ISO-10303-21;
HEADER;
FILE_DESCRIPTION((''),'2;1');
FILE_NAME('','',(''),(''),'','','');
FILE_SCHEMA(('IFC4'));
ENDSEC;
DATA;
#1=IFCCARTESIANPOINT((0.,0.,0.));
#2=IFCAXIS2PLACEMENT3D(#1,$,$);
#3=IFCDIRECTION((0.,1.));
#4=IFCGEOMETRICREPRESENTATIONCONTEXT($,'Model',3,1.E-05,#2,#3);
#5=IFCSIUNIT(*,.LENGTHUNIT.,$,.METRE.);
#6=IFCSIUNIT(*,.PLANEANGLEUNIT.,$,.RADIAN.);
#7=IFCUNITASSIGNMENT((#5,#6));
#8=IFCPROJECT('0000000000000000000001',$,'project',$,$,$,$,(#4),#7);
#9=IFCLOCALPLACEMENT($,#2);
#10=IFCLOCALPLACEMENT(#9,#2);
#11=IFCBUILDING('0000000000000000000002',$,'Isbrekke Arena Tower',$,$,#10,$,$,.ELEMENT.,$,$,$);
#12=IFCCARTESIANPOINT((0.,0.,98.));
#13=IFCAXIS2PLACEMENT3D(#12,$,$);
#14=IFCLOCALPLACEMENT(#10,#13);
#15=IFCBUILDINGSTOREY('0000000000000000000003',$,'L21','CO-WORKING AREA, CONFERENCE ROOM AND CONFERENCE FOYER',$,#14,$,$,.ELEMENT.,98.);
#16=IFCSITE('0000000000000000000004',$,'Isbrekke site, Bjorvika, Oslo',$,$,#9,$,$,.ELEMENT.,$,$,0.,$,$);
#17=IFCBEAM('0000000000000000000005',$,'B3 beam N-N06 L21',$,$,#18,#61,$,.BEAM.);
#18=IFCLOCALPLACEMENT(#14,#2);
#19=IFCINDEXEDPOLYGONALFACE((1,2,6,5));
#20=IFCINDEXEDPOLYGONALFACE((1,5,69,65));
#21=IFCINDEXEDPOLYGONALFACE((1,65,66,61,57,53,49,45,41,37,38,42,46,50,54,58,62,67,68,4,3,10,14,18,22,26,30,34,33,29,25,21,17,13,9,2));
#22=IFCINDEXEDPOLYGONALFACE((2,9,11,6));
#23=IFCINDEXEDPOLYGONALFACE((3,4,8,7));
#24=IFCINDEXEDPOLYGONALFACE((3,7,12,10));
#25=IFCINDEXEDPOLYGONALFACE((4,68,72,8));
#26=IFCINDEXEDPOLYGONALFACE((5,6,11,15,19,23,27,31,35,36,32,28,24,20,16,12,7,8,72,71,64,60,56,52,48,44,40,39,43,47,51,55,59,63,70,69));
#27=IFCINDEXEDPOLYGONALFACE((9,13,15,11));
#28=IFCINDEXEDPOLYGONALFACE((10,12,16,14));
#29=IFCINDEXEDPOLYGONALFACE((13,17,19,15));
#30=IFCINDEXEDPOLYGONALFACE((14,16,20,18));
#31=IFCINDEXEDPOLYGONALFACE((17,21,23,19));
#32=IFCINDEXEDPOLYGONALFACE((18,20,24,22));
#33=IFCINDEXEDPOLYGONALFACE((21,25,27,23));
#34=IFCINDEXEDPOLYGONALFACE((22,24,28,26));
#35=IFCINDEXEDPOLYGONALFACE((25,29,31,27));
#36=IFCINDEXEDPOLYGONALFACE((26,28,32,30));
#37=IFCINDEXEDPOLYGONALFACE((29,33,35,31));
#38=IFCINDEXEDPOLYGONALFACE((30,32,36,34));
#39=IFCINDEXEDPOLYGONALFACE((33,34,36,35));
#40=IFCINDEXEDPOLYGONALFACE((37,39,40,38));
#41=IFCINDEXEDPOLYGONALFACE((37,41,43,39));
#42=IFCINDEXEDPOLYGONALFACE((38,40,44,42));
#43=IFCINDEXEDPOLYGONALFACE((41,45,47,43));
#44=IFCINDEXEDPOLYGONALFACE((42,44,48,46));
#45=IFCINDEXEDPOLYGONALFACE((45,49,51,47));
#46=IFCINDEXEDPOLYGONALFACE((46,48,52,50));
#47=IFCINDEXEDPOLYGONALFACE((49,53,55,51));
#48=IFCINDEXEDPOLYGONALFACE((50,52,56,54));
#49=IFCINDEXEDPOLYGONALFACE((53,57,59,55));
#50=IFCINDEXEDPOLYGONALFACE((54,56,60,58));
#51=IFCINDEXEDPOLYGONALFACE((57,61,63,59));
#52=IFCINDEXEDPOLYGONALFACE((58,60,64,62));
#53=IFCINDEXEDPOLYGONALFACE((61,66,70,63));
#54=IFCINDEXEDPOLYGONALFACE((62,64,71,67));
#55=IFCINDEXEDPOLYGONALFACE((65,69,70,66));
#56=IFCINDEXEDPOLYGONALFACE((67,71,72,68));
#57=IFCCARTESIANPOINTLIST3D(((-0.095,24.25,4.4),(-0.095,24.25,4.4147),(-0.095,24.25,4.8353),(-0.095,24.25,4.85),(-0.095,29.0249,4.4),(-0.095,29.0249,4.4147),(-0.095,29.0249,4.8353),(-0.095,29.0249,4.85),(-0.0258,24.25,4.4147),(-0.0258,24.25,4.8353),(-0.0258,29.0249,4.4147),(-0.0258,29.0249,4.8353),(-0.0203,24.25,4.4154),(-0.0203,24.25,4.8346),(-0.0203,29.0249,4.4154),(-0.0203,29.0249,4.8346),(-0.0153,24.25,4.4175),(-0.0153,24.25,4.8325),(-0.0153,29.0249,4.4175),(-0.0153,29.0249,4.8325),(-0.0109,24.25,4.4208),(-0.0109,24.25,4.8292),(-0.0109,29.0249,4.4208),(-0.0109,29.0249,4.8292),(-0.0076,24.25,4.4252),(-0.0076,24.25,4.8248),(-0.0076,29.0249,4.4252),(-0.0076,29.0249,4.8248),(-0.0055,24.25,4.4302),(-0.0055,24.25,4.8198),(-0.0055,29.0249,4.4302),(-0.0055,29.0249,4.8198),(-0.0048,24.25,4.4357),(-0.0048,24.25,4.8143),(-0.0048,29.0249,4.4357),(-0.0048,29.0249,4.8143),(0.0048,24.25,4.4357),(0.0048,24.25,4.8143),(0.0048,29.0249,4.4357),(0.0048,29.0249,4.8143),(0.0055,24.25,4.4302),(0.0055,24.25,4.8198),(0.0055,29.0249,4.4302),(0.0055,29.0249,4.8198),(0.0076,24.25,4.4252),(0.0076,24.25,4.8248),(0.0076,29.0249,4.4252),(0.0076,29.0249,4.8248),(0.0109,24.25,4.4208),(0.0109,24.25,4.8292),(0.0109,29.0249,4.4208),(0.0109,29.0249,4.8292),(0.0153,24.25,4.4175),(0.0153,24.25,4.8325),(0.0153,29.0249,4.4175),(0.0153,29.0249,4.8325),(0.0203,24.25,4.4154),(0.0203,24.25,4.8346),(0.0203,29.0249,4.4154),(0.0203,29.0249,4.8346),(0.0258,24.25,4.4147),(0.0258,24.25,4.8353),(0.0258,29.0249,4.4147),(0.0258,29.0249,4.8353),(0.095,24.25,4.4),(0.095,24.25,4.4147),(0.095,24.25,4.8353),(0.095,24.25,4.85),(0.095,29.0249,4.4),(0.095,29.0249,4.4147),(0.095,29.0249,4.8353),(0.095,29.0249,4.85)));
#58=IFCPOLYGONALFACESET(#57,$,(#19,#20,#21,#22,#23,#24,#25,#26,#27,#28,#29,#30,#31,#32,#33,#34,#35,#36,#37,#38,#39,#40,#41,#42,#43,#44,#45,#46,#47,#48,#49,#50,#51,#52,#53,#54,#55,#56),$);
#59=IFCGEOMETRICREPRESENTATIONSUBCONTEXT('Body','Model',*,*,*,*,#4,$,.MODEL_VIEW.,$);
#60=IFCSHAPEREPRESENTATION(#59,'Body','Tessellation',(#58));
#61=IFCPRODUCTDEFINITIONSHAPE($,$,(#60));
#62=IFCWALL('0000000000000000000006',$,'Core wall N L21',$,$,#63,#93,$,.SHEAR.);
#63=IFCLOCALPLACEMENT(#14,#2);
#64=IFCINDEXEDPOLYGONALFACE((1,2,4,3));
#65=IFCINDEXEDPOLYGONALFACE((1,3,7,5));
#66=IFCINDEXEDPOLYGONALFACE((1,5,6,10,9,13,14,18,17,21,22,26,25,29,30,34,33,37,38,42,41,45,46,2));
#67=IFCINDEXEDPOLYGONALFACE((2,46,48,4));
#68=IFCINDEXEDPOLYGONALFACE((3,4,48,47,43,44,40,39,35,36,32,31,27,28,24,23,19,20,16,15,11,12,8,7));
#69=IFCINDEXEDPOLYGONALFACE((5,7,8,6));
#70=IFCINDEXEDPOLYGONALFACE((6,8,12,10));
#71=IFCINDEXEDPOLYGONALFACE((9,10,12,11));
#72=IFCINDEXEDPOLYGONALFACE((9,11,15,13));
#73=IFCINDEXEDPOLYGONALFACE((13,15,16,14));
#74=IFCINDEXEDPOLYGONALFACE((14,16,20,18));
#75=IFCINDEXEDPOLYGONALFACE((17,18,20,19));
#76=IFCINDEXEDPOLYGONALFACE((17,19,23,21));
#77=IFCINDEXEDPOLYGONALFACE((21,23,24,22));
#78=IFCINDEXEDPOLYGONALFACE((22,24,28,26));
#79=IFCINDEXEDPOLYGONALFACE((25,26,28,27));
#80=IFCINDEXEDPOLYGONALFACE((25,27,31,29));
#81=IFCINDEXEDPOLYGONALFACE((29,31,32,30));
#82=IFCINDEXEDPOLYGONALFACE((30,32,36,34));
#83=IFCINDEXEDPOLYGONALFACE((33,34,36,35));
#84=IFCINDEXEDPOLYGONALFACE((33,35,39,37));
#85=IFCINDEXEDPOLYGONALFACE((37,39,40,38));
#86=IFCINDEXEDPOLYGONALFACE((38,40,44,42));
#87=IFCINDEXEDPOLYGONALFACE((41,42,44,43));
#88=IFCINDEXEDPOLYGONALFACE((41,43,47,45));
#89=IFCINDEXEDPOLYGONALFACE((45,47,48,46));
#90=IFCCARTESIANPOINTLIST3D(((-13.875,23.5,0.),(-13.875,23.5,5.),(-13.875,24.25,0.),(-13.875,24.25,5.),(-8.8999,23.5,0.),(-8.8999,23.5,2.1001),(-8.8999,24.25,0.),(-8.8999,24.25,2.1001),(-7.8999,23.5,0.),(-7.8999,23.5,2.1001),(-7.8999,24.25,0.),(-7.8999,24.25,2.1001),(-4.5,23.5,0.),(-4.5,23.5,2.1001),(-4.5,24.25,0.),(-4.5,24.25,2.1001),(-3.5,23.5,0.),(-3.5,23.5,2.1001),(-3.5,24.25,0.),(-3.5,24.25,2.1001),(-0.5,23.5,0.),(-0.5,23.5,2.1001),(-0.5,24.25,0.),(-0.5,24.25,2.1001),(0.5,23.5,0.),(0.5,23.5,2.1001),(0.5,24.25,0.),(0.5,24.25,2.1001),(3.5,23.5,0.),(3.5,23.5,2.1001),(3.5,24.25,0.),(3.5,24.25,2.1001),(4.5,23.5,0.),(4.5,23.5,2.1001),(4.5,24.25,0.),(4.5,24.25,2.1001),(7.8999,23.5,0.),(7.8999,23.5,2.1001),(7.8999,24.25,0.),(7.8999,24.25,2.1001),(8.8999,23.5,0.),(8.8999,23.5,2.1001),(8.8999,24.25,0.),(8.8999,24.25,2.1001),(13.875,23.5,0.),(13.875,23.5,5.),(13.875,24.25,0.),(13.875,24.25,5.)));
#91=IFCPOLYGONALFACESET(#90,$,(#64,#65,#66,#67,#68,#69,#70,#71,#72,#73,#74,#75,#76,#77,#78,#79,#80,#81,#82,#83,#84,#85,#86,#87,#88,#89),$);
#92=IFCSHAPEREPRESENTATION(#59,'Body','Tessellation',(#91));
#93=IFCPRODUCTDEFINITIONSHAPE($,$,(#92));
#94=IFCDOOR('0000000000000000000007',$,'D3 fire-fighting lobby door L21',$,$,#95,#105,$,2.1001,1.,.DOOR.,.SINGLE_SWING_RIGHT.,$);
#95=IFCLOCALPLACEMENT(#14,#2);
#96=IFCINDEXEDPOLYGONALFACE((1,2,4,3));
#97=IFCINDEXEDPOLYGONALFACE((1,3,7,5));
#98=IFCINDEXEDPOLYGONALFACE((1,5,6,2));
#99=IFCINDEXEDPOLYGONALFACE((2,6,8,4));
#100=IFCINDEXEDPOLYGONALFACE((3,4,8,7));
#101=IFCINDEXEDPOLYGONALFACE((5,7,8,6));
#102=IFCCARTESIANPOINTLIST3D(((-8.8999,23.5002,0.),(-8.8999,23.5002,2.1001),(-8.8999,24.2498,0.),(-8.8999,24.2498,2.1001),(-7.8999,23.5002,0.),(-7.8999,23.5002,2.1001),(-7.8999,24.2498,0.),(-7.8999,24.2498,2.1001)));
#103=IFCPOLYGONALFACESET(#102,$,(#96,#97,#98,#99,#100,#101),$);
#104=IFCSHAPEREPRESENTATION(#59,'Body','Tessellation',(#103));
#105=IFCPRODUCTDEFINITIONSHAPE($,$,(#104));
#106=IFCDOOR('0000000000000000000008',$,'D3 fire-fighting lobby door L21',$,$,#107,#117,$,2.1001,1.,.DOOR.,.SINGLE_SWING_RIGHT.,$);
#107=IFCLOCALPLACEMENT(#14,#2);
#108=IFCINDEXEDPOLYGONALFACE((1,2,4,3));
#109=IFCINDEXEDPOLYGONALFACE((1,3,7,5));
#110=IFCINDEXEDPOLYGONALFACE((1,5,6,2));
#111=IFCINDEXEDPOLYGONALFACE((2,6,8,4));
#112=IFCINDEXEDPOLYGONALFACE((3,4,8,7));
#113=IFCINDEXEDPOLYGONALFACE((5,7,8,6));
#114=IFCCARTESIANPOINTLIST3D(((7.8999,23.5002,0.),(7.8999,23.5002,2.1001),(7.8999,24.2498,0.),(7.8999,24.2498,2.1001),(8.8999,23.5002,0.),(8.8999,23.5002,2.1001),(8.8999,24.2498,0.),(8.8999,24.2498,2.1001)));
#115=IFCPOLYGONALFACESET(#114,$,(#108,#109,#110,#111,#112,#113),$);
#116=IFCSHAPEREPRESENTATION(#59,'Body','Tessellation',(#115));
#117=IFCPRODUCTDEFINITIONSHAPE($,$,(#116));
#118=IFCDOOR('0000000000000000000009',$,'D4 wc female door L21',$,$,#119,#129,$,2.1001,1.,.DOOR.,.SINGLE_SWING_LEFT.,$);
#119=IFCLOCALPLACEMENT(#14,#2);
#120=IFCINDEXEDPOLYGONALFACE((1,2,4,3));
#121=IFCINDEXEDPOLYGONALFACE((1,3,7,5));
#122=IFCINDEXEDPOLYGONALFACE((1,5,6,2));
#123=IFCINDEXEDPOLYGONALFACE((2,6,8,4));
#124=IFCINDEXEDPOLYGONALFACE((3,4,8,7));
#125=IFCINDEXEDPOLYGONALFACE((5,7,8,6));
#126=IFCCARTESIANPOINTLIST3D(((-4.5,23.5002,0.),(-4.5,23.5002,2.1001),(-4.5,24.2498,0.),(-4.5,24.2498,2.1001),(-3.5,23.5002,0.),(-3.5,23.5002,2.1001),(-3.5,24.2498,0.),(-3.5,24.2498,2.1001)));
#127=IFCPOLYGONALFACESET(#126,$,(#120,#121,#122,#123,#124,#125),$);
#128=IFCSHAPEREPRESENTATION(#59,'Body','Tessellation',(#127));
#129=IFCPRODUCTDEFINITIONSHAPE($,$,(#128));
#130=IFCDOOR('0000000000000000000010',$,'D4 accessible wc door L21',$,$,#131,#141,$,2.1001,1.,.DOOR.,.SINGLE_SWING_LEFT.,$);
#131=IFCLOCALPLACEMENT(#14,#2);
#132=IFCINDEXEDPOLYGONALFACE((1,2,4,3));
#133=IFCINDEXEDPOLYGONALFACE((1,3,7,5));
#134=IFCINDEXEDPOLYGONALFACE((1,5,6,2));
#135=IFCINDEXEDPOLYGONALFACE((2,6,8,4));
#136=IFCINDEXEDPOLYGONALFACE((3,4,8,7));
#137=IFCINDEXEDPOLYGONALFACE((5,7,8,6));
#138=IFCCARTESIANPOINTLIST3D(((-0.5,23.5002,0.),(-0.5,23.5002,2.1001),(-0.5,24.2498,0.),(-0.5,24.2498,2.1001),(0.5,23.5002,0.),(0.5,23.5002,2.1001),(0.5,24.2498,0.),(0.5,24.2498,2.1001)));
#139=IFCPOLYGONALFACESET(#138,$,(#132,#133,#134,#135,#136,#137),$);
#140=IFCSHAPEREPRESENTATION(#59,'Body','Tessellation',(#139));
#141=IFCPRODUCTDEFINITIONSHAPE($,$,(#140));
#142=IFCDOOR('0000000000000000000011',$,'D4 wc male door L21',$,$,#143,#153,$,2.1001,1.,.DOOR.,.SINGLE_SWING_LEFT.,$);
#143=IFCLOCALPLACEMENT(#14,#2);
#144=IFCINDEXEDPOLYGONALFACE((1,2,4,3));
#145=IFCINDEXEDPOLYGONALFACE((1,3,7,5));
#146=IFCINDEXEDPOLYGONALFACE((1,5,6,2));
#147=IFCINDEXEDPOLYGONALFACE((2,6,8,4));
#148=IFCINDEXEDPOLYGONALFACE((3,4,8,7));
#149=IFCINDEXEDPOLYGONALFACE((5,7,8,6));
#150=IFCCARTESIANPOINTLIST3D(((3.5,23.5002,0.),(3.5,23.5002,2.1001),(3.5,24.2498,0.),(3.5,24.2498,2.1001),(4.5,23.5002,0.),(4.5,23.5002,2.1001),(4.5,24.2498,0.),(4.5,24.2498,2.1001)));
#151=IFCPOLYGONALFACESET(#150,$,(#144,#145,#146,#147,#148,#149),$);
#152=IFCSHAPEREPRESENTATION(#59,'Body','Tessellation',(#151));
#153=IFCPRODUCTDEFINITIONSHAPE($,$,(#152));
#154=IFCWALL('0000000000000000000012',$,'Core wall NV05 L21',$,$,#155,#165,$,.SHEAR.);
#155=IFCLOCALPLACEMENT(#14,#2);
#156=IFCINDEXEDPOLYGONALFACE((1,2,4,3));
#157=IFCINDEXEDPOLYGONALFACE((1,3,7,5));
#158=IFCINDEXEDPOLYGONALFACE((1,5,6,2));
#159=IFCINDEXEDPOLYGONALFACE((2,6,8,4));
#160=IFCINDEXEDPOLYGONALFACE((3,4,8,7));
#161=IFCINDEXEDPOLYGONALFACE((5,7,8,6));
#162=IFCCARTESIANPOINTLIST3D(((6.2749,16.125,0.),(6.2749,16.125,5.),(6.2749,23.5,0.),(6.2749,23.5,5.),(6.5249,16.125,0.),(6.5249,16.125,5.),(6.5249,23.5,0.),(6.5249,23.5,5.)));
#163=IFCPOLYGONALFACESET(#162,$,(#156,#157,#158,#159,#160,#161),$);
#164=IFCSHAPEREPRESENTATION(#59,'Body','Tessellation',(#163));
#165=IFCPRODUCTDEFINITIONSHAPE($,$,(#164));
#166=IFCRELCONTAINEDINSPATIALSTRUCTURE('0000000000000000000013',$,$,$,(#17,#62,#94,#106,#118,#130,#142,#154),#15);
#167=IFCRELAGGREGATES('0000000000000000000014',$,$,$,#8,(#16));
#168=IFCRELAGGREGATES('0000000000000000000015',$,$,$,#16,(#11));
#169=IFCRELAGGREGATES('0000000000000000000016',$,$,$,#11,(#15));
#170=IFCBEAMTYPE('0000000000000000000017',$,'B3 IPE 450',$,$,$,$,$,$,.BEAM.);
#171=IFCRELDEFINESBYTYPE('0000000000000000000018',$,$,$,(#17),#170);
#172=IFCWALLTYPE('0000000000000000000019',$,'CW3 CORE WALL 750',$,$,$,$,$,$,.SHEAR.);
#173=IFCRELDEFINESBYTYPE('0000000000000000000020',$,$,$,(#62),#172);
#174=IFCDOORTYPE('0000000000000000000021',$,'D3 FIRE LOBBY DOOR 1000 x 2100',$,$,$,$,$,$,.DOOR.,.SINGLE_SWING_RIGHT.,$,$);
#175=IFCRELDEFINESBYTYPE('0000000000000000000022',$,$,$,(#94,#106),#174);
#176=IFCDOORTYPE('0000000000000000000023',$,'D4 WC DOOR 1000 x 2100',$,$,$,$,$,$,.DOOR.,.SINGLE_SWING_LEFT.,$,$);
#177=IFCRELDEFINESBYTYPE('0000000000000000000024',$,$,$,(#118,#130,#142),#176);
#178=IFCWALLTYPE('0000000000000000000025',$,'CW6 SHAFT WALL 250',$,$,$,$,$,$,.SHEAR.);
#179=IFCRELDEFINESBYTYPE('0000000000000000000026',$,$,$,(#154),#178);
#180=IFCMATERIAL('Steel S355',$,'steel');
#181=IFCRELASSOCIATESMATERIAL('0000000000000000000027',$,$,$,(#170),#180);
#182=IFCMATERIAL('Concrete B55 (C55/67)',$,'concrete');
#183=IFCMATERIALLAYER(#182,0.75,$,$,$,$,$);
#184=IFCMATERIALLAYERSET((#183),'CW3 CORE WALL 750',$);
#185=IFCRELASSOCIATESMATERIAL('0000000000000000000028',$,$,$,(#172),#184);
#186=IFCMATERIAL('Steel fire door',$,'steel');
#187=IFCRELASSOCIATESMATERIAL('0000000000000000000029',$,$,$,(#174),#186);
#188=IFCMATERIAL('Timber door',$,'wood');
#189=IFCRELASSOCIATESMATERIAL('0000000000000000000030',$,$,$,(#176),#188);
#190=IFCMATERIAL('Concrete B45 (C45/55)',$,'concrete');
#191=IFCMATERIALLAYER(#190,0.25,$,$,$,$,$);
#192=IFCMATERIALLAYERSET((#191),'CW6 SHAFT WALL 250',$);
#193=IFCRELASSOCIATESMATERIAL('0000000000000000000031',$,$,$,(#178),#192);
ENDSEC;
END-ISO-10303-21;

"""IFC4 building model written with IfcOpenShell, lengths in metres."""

from ifc_helpers import new_model, si_unit, direction, frame, frame_2d, origin, origin_2d, place, context, subcontext, project, spatial, rectangle, i_section, extrude, material, layer, layer_set, material_profile, profile_set, type_object, element, fill, save


model = new_model("IFC4")

# Units and contexts
model_context = context("Model", 3, precision=1e-05, world=origin(), true_north=direction((0.0, 1.0)))
body_context = subcontext(model_context, "Body", "Model", "MODEL_VIEW")
ifc_project = project(units=[si_unit("LENGTHUNIT", "METRE"), si_unit("PLANEANGLEUNIT", "RADIAN")], contexts=[model_context])

# Site, building, storey
site_placement = place(None, origin())
site = spatial("IfcSite", under=ifc_project, at=site_placement, Name="Isbrekke site, Bjorvika, Oslo", CompositionType="ELEMENT", RefElevation=0.0)
building_placement = place(site_placement, origin())
building = spatial("IfcBuilding", under=site, at=building_placement, Name="Isbrekke Arena Tower", CompositionType="ELEMENT")
storey_placement = place(building_placement, frame((0.0, 0.0, 98.0)))
storey = spatial("IfcBuildingStorey", under=building, at=storey_placement, Name="L21", Description="CO-WORKING AREA, CONFERENCE ROOM AND CONFERENCE FOYER", CompositionType="ELEMENT", Elevation=98.0)

# Beam
ifc_material_1 = material(Name="Steel S355", Category="steel")
ifc_material_profile = material_profile(ifc_material_1, i_section(OverallWidth=0.1899, OverallDepth=0.45, WebThickness=0.0095, FlangeThickness=0.0146, FilletRadius=0.021, at=origin_2d()), Name="IPE 450")
ifc_profile_set = profile_set([ifc_material_profile], Name="Steel S355")
beam_type = type_object("IfcBeamType", Name="B3 IPE 450", PredefinedType="BEAM", material=ifc_profile_set)
beam_1_placement = place(storey_placement, frame((0.0, 29.0249, 4.625), z_axis=(0.0, -1.0, 0.0), x_axis=(1.0, 0.0, 0.0)))
element("IfcBeam", 1, at=beam_1_placement, inside=storey, type_object=beam_type, Name="B3 beam N-N06 L21", PredefinedType="BEAM", context=body_context, shape_type="SweptSolid", body=[
    extrude(i_section(OverallWidth=0.1899, OverallDepth=0.45, WebThickness=0.0095, FlangeThickness=0.0146, FilletRadius=0.021, at=origin_2d()), origin(), (0.0, 0.0, 1.0), 4.7749),
])

# Wall, openings, doors
ifc_material_2 = material(Name="Concrete B55 (C55/67)", Category="concrete")
ifc_layer_1 = layer(ifc_material_2, 0.75)
ifc_layer_set_1 = layer_set([ifc_layer_1], Name="CW3 CORE WALL 750")
wall_type_1 = type_object("IfcWallType", Name="CW3 CORE WALL 750", PredefinedType="SHEAR", material=ifc_layer_set_1)
wall_1_placement = place(storey_placement, frame((13.875, 23.875, 0.0), z_axis=(0.0, 0.0, 1.0), x_axis=(-1.0, 0.0, 0.0)))
wall_1 = element("IfcWall", 2, at=wall_1_placement, inside=storey, type_object=wall_type_1, Name="Core wall N L21", PredefinedType="SHEAR", context=body_context, shape_type="SweptSolid", body=[
    extrude(rectangle(XDim=27.75, YDim=0.75, at=frame_2d((13.875, 0.0))), origin(), (0.0, 0.0, 1.0), 5.0),
])
opening_1_placement = place(wall_1_placement, frame((21.7749, 0.0, 0.0)))
opening_1 = element("IfcOpeningElement", 3, at=opening_1_placement, cuts=wall_1, PredefinedType="OPENING", context=body_context, shape_type="SweptSolid", body=[
    extrude(rectangle(XDim=1.0, YDim=2.1001, at=frame_2d((0.5, 1.05))), frame((0.0, 0.3899, 0.0), z_axis=(0.0, -1.0, 0.0), x_axis=(1.0, 0.0, 0.0)), (0.0, 0.0, 1.0), 0.7798),
])
opening_2_placement = place(wall_1_placement, frame((4.9751, 0.0, 0.0)))
opening_2 = element("IfcOpeningElement", 4, at=opening_2_placement, cuts=wall_1, PredefinedType="OPENING", context=body_context, shape_type="SweptSolid", body=[
    extrude(rectangle(XDim=1.0, YDim=2.1001, at=frame_2d((0.5, 1.05))), frame((0.0, 0.3899, 0.0), z_axis=(0.0, -1.0, 0.0), x_axis=(1.0, 0.0, 0.0)), (0.0, 0.0, 1.0), 0.7798),
])
opening_3_placement = place(wall_1_placement, frame((17.375, 0.0, 0.0)))
opening_3 = element("IfcOpeningElement", 5, at=opening_3_placement, cuts=wall_1, PredefinedType="OPENING", context=body_context, shape_type="SweptSolid", body=[
    extrude(rectangle(XDim=1.0, YDim=2.1001, at=frame_2d((0.5, 1.05))), frame((0.0, 0.3899, 0.0), z_axis=(0.0, -1.0, 0.0), x_axis=(1.0, 0.0, 0.0)), (0.0, 0.0, 1.0), 0.7798),
])
opening_4_placement = place(wall_1_placement, frame((13.375, 0.0, 0.0)))
opening_4 = element("IfcOpeningElement", 6, at=opening_4_placement, cuts=wall_1, PredefinedType="OPENING", context=body_context, shape_type="SweptSolid", body=[
    extrude(rectangle(XDim=1.0, YDim=2.1001, at=frame_2d((0.5, 1.05))), frame((0.0, 0.3899, 0.0), z_axis=(0.0, -1.0, 0.0), x_axis=(1.0, 0.0, 0.0)), (0.0, 0.0, 1.0), 0.7798),
])
opening_5_placement = place(wall_1_placement, frame((9.375, 0.0, 0.0)))
opening_5 = element("IfcOpeningElement", 7, at=opening_5_placement, cuts=wall_1, PredefinedType="OPENING", context=body_context, shape_type="SweptSolid", body=[
    extrude(rectangle(XDim=1.0, YDim=2.1001, at=frame_2d((0.5, 1.05))), frame((0.0, 0.3899, 0.0), z_axis=(0.0, -1.0, 0.0), x_axis=(1.0, 0.0, 0.0)), (0.0, 0.0, 1.0), 0.7798),
])
ifc_material_3 = material(Name="Steel fire door", Category="steel")
door_type_1 = type_object("IfcDoorType", Name="D3 FIRE LOBBY DOOR 1000 x 2100", OperationType="SINGLE_SWING_RIGHT", PredefinedType="DOOR", material=ifc_material_3)
door_1_placement = place(opening_1_placement, origin())
door_1 = element("IfcDoor", 8, at=door_1_placement, inside=storey, type_object=door_type_1, Name="D3 fire-fighting lobby door L21", OperationType="SINGLE_SWING_RIGHT", OverallHeight=2.1001, OverallWidth=1.0, PredefinedType="DOOR", context=body_context, shape_type="SweptSolid", body=[
    extrude(rectangle(XDim=1.0, YDim=2.1001, at=frame_2d((0.5, 1.05))), frame((0.0, 0.3748, 0.0), z_axis=(0.0, -1.0, 0.0), x_axis=(1.0, 0.0, 0.0)), (0.0, 0.0, 1.0), 0.7495),
])
fill(opening_1, door_1)
door_2_placement = place(opening_2_placement, origin())
door_2 = element("IfcDoor", 9, at=door_2_placement, inside=storey, type_object=door_type_1, Name="D3 fire-fighting lobby door L21", OperationType="SINGLE_SWING_RIGHT", OverallHeight=2.1001, OverallWidth=1.0, PredefinedType="DOOR", context=body_context, shape_type="SweptSolid", body=[
    extrude(rectangle(XDim=1.0, YDim=2.1001, at=frame_2d((0.5, 1.05))), frame((0.0, 0.3748, 0.0), z_axis=(0.0, -1.0, 0.0), x_axis=(1.0, 0.0, 0.0)), (0.0, 0.0, 1.0), 0.7495),
])
fill(opening_2, door_2)
ifc_material_4 = material(Name="Timber door", Category="wood")
door_type_2 = type_object("IfcDoorType", Name="D4 WC DOOR 1000 x 2100", OperationType="SINGLE_SWING_LEFT", PredefinedType="DOOR", material=ifc_material_4)
door_3_placement = place(opening_3_placement, origin())
door_3 = element("IfcDoor", 10, at=door_3_placement, inside=storey, type_object=door_type_2, Name="D4 wc female door L21", OperationType="SINGLE_SWING_LEFT", OverallHeight=2.1001, OverallWidth=1.0, PredefinedType="DOOR", context=body_context, shape_type="SweptSolid", body=[
    extrude(rectangle(XDim=1.0, YDim=2.1001, at=frame_2d((0.5, 1.05))), frame((0.0, 0.3748, 0.0), z_axis=(0.0, -1.0, 0.0), x_axis=(1.0, 0.0, 0.0)), (0.0, 0.0, 1.0), 0.7495),
])
fill(opening_3, door_3)
door_4_placement = place(opening_4_placement, origin())
door_4 = element("IfcDoor", 11, at=door_4_placement, inside=storey, type_object=door_type_2, Name="D4 accessible wc door L21", OperationType="SINGLE_SWING_LEFT", OverallHeight=2.1001, OverallWidth=1.0, PredefinedType="DOOR", context=body_context, shape_type="SweptSolid", body=[
    extrude(rectangle(XDim=1.0, YDim=2.1001, at=frame_2d((0.5, 1.05))), frame((0.0, 0.3748, 0.0), z_axis=(0.0, -1.0, 0.0), x_axis=(1.0, 0.0, 0.0)), (0.0, 0.0, 1.0), 0.7495),
])
fill(opening_4, door_4)
door_5_placement = place(opening_5_placement, origin())
door_5 = element("IfcDoor", 12, at=door_5_placement, inside=storey, type_object=door_type_2, Name="D4 wc male door L21", OperationType="SINGLE_SWING_LEFT", OverallHeight=2.1001, OverallWidth=1.0, PredefinedType="DOOR", context=body_context, shape_type="SweptSolid", body=[
    extrude(rectangle(XDim=1.0, YDim=2.1001, at=frame_2d((0.5, 1.05))), frame((0.0, 0.3748, 0.0), z_axis=(0.0, -1.0, 0.0), x_axis=(1.0, 0.0, 0.0)), (0.0, 0.0, 1.0), 0.7495),
])
fill(opening_5, door_5)

# Wall
ifc_material_5 = material(Name="Concrete B45 (C45/55)", Category="concrete")
ifc_layer_2 = layer(ifc_material_5, 0.25)
ifc_layer_set_2 = layer_set([ifc_layer_2], Name="CW6 SHAFT WALL 250")
wall_type_2 = type_object("IfcWallType", Name="CW6 SHAFT WALL 250", PredefinedType="SHEAR", material=ifc_layer_set_2)
wall_2_placement = place(storey_placement, frame((6.3999, 16.125, 0.0), z_axis=(0.0, 0.0, 1.0), x_axis=(0.0, 1.0, 0.0)))
element("IfcWall", 13, at=wall_2_placement, inside=storey, type_object=wall_type_2, Name="Core wall NV05 L21", PredefinedType="SHEAR", context=body_context, shape_type="SweptSolid", body=[
    extrude(rectangle(XDim=7.375, YDim=0.25, at=frame_2d((3.6875, 0.0))), origin(), (0.0, 0.0, 1.0), 5.0),
])

save(model, "model.ifc")
